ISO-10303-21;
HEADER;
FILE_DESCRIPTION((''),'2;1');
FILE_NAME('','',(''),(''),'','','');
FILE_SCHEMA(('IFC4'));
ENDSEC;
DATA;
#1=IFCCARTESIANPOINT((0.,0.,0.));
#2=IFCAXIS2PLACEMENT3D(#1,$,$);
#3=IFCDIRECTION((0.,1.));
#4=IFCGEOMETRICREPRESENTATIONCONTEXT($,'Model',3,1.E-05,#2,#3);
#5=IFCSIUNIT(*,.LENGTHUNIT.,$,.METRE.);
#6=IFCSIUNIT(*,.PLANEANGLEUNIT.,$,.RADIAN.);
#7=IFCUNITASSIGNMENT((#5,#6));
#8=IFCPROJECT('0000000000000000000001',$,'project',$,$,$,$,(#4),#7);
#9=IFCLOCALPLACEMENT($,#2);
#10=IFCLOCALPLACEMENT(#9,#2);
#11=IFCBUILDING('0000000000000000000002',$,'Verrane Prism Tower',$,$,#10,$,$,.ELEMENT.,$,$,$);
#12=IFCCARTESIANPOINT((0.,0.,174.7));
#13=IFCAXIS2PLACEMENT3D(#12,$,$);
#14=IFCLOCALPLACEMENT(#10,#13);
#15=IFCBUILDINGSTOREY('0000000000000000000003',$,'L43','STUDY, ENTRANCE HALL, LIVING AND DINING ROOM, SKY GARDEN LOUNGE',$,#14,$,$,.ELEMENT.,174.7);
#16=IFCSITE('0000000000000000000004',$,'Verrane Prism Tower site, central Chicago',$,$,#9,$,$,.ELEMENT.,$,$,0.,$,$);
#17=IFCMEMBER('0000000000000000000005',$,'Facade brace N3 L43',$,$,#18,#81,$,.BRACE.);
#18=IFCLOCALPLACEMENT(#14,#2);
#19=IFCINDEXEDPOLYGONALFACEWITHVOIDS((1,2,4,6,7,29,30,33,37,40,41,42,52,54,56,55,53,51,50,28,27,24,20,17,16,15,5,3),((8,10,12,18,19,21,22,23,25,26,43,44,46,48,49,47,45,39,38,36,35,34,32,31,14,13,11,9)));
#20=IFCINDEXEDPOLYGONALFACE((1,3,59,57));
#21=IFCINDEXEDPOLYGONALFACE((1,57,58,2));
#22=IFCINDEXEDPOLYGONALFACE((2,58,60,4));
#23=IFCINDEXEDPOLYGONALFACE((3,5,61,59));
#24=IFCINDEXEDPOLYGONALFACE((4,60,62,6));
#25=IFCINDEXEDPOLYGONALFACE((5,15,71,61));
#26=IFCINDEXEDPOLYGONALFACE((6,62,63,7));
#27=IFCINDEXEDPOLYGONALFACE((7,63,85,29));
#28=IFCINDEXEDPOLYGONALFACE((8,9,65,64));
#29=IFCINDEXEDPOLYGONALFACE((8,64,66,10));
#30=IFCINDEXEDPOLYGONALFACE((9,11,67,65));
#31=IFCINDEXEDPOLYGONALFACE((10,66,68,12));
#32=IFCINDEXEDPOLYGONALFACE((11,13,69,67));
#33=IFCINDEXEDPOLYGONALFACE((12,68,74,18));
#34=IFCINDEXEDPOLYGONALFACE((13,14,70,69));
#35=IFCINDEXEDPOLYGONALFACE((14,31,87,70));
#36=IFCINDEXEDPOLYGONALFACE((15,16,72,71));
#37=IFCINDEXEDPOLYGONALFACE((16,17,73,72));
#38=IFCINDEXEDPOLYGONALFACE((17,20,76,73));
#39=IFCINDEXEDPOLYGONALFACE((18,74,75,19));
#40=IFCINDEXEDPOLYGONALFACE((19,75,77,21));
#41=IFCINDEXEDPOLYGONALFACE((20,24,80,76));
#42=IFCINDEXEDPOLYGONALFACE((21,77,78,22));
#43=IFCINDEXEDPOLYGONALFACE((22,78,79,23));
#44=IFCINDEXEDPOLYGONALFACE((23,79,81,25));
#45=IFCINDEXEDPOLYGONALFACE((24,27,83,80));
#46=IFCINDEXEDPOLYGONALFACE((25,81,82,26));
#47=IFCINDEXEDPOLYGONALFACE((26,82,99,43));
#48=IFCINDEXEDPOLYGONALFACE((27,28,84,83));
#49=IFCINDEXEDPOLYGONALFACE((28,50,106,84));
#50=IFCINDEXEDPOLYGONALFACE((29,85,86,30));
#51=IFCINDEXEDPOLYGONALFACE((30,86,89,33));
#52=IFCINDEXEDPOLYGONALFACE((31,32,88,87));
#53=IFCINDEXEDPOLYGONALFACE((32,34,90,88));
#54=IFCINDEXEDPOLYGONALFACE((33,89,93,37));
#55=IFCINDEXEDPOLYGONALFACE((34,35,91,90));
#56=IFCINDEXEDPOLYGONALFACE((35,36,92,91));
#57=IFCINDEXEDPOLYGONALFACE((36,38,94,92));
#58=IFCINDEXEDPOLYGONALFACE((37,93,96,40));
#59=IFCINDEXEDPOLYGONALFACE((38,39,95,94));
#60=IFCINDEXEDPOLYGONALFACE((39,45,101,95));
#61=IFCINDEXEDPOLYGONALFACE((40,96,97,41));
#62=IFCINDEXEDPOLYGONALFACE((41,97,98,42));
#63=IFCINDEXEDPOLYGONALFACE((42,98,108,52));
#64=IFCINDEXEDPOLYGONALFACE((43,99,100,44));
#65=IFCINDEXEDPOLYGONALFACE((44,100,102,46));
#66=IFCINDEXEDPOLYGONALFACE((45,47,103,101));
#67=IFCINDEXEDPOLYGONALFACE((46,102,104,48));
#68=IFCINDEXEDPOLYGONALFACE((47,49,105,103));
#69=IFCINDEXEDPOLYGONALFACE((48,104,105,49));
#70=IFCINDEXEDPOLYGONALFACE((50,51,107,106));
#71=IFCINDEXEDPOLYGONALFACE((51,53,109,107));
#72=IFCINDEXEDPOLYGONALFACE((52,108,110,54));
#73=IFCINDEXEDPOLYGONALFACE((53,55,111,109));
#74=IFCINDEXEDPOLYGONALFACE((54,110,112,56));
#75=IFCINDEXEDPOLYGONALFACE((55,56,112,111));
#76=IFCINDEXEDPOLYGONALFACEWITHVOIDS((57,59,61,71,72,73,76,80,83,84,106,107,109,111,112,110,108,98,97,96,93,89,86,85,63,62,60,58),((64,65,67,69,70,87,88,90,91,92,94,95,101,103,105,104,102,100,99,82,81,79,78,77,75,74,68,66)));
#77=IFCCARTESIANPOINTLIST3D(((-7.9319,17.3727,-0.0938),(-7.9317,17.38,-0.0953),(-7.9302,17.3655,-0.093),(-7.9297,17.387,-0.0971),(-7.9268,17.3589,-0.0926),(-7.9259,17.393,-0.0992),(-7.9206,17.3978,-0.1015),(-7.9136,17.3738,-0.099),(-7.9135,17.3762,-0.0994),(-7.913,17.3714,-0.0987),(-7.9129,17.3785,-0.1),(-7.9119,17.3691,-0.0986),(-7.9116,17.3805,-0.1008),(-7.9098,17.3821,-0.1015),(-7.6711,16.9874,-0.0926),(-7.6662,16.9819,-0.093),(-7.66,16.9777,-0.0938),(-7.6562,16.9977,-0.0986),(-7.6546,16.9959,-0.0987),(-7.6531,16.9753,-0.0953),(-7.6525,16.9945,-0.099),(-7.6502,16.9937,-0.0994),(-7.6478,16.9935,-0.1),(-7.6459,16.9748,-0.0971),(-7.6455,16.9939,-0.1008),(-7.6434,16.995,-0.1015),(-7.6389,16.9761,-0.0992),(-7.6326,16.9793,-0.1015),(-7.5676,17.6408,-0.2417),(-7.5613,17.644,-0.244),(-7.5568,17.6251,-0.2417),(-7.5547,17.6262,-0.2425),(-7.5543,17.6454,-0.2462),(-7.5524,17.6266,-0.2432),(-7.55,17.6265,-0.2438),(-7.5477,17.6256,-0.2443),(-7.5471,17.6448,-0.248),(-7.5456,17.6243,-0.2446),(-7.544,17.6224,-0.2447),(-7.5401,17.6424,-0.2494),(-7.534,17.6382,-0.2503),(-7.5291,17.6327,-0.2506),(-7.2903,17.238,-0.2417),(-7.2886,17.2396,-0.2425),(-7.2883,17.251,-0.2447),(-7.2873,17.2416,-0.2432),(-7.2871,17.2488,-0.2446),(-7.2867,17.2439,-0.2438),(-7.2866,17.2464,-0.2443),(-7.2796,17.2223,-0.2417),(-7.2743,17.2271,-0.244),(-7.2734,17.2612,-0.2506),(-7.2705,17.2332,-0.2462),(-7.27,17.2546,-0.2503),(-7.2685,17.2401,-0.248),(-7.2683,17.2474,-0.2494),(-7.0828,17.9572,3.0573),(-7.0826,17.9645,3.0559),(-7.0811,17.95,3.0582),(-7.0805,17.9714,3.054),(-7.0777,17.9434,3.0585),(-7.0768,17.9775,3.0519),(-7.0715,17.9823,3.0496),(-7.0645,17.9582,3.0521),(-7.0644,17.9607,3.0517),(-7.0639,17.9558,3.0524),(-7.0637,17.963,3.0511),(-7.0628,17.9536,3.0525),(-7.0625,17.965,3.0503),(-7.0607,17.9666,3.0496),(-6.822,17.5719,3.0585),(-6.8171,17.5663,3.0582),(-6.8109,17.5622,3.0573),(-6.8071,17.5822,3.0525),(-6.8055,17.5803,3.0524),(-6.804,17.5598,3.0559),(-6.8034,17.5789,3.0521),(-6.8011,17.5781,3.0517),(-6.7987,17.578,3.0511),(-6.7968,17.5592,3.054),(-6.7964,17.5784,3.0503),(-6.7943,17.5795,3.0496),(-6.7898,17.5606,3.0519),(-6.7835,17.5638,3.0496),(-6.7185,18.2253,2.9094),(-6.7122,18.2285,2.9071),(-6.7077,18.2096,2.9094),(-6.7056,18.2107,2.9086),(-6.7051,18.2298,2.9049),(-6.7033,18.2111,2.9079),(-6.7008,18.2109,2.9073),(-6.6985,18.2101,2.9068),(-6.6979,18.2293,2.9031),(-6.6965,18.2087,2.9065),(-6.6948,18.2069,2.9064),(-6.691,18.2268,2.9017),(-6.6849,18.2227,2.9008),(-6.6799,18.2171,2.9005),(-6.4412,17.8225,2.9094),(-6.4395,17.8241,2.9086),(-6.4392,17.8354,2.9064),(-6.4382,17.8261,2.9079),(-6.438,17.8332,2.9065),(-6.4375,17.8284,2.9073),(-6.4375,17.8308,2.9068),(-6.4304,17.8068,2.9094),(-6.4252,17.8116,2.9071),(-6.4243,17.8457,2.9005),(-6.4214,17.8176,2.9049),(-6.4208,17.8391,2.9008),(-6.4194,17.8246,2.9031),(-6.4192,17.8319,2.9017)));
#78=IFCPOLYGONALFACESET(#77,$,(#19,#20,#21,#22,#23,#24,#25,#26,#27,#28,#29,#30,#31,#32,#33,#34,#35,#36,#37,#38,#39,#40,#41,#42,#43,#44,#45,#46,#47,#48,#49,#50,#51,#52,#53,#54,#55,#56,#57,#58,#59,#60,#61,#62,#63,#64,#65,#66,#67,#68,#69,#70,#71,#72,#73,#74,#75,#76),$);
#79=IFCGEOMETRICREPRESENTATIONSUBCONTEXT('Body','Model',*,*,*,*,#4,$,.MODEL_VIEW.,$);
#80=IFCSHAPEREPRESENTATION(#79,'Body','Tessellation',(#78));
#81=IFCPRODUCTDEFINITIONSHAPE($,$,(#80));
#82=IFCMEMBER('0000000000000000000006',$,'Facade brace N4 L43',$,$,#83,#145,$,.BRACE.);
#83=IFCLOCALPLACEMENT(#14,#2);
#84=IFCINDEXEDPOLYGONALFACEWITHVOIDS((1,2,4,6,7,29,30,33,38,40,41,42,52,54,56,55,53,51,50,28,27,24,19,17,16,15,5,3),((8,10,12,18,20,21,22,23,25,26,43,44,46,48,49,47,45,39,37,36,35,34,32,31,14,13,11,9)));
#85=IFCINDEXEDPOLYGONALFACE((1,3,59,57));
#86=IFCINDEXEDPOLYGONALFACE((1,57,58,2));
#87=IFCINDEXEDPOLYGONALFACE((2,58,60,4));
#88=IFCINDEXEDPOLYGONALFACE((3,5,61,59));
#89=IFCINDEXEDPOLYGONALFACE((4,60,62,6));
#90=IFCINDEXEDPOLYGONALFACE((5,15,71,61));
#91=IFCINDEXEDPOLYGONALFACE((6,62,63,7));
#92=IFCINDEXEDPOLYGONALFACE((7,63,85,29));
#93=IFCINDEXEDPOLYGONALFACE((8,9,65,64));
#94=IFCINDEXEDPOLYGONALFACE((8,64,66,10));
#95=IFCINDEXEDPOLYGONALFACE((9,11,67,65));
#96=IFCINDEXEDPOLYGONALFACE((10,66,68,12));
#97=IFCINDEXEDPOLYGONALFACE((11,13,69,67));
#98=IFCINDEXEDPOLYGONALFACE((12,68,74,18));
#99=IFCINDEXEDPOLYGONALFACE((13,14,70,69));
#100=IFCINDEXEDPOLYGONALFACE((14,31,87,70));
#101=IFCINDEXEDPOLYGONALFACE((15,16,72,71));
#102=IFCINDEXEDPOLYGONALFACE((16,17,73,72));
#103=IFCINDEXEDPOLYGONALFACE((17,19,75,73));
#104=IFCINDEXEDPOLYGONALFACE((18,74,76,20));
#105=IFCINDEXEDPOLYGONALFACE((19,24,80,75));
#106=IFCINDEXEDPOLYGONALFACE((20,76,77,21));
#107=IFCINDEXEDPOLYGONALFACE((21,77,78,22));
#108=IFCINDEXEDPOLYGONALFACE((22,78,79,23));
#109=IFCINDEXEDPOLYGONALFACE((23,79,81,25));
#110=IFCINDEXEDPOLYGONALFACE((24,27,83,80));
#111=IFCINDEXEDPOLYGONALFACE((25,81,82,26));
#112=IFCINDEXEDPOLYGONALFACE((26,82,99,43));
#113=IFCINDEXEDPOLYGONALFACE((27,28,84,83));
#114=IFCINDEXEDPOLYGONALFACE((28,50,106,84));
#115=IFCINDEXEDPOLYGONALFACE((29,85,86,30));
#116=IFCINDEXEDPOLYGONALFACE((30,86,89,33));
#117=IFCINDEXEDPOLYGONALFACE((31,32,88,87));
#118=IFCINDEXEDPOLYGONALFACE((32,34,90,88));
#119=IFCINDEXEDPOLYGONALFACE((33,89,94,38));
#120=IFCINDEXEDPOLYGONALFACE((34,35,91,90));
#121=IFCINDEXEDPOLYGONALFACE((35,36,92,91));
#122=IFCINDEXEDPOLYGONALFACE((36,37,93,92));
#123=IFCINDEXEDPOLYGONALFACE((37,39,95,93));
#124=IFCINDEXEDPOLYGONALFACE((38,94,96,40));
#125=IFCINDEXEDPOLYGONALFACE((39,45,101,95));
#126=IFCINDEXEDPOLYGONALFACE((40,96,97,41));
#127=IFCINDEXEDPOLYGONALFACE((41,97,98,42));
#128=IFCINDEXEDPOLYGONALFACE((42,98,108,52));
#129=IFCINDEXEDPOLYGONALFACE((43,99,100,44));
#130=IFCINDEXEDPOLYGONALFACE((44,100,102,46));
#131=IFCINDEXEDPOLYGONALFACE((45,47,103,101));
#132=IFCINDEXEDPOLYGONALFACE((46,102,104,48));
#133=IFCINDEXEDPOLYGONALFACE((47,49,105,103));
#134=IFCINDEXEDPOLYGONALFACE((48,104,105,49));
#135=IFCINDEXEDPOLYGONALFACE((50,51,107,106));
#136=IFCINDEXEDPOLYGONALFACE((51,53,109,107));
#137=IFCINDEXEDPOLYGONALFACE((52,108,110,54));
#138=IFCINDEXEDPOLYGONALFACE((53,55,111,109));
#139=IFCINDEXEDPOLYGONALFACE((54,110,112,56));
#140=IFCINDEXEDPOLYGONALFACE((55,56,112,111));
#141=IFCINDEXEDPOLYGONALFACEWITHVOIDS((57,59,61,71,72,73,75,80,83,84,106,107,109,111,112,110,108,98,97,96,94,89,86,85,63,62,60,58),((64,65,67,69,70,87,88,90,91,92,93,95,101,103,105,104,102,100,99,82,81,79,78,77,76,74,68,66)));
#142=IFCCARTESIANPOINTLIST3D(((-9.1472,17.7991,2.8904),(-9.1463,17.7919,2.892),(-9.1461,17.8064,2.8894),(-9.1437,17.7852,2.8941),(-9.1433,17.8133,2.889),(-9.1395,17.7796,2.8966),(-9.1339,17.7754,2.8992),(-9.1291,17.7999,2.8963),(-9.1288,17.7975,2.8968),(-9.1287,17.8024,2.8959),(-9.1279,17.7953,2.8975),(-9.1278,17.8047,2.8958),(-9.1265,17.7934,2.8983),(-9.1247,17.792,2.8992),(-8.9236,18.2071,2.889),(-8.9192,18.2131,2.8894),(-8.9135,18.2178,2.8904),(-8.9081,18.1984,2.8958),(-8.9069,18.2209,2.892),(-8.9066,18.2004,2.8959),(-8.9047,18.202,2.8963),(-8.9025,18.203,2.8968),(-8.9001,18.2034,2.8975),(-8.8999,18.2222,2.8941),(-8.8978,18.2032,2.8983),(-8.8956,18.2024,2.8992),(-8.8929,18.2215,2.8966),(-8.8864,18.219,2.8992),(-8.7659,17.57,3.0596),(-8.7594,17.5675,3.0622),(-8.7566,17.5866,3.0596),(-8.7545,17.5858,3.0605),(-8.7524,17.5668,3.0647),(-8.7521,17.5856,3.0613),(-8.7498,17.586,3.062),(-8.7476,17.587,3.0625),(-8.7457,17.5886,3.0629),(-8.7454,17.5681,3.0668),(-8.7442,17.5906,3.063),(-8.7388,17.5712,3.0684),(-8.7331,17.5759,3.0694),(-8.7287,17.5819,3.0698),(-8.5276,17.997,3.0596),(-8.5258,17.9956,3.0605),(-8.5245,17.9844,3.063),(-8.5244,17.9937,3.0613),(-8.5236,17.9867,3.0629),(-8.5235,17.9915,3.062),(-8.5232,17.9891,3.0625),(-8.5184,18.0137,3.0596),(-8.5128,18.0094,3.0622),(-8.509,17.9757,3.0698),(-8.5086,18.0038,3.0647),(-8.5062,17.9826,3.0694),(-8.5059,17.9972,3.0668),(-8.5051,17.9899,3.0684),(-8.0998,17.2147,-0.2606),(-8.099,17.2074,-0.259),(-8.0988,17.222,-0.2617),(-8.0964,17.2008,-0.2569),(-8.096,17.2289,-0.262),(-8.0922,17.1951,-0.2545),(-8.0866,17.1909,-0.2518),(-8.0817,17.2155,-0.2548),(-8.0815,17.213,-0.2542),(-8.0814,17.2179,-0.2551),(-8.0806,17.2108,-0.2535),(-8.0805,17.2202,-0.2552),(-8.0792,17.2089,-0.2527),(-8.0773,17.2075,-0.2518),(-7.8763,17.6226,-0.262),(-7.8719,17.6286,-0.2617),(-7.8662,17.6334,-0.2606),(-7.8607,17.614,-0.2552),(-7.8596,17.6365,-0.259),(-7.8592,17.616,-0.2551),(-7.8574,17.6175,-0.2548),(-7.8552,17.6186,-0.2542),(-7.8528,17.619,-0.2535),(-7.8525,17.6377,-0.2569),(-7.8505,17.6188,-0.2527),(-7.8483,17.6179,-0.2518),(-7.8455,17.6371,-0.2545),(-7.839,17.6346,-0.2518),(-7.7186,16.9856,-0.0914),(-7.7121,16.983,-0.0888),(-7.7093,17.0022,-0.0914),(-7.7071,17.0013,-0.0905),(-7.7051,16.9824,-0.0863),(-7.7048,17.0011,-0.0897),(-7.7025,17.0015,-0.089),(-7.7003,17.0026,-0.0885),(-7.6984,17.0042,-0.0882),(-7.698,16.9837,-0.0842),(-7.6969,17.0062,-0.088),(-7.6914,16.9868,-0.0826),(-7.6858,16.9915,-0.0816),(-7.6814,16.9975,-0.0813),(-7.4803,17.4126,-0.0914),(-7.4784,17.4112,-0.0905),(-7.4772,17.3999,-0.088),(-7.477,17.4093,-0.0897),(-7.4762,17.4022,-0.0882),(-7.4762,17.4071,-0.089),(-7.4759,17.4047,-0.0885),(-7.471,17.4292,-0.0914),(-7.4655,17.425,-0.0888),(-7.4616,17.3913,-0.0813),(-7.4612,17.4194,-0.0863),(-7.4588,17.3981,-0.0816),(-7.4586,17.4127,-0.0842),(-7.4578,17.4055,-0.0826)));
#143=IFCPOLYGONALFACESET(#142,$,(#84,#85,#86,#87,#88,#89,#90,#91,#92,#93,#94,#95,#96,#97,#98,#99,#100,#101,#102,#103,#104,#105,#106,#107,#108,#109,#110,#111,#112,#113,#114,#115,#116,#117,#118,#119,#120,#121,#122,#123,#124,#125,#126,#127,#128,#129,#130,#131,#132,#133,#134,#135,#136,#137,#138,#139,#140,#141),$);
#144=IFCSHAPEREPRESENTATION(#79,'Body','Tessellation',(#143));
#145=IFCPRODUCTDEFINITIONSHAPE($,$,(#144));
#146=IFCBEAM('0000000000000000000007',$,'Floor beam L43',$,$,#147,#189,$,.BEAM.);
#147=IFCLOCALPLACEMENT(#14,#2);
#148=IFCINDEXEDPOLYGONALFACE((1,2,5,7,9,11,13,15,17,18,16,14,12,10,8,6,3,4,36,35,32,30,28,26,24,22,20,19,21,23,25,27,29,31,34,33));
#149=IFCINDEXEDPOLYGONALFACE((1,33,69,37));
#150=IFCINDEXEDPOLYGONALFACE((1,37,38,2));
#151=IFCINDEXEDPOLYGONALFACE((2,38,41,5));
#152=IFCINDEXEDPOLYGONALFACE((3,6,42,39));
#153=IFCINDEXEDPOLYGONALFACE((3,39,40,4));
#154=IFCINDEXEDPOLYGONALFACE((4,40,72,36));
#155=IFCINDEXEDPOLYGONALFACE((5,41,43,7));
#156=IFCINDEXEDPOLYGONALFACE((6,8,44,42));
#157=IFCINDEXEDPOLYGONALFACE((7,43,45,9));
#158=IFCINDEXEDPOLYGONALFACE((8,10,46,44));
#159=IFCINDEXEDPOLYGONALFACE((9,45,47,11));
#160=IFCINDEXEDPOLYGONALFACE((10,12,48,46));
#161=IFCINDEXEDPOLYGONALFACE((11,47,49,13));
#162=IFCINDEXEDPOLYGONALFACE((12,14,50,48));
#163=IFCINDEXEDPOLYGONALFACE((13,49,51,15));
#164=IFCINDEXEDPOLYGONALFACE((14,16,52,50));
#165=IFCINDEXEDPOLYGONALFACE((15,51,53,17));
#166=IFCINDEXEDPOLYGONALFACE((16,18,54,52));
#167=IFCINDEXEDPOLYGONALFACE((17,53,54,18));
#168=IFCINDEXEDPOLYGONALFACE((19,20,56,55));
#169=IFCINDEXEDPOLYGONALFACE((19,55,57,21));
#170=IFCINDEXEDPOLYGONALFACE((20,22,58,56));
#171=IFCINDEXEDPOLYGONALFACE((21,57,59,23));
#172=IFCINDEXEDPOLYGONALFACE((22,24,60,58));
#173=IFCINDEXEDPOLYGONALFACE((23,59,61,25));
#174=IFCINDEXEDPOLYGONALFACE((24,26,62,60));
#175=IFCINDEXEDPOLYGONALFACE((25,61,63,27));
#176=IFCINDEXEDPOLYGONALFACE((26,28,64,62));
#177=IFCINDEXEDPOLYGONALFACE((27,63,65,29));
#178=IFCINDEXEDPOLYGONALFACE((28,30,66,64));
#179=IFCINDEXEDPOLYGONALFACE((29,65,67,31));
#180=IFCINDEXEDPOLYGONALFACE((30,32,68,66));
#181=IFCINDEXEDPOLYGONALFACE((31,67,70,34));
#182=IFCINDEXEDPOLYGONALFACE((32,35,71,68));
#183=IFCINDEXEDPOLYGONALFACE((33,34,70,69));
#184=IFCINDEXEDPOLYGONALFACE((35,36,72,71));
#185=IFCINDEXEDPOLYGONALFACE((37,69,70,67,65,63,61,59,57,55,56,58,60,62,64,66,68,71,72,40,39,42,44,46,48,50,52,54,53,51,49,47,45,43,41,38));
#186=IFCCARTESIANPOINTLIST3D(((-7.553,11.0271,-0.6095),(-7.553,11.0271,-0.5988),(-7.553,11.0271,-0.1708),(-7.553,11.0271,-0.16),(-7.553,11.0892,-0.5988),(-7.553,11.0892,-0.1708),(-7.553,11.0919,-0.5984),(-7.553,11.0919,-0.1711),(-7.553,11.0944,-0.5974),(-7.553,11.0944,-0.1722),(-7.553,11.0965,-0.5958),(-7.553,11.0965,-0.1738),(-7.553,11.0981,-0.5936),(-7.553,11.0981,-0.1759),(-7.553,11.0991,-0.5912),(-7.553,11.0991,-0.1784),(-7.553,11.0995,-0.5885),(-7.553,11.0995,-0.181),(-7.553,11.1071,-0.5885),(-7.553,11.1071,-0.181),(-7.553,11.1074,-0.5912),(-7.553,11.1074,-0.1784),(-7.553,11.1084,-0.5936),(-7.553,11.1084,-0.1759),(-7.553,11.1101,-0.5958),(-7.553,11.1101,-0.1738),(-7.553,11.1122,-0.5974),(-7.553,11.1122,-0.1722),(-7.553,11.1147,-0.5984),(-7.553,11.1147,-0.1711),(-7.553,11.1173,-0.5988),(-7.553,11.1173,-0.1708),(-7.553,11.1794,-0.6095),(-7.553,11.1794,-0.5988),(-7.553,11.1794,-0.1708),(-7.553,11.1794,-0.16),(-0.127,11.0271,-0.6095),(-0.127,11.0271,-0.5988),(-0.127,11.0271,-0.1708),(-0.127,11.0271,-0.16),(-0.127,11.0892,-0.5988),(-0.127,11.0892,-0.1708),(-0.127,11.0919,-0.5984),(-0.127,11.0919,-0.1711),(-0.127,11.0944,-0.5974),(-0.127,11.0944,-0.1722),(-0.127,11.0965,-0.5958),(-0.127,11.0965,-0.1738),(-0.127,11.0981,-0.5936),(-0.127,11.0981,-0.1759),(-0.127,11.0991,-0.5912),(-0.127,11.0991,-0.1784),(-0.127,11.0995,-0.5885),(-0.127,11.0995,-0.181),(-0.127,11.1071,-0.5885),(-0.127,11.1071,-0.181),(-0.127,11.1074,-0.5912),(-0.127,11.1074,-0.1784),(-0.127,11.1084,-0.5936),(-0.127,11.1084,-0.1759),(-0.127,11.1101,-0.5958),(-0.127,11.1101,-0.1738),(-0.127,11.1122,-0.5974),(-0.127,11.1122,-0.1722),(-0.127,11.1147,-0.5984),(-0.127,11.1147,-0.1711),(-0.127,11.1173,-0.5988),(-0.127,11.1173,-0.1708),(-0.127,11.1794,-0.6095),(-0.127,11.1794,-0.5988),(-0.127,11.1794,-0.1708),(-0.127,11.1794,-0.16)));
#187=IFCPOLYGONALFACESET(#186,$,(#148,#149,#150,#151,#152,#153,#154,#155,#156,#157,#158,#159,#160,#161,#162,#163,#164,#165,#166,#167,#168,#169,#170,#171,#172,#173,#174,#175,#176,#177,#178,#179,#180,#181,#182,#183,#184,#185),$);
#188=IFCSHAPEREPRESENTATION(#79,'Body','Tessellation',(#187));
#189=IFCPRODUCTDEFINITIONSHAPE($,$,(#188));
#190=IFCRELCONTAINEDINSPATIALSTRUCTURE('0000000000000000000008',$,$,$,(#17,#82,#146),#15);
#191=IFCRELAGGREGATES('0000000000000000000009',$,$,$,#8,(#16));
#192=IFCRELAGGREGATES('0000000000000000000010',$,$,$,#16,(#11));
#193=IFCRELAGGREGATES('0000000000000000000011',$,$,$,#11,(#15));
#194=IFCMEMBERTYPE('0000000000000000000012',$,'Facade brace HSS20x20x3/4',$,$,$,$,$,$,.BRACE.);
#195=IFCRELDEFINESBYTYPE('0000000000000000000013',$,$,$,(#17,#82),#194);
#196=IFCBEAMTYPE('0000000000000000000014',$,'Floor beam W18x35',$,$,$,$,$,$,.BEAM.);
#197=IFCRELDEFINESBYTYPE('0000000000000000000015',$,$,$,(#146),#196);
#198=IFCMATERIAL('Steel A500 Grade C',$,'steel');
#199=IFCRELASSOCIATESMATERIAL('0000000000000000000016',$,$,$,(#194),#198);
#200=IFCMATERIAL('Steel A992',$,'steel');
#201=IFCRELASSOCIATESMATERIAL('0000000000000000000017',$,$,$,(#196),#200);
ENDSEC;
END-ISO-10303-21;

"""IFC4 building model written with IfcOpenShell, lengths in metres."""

from ifc_helpers import new_model, si_unit, direction, frame, origin, origin_2d, place, context, subcontext, project, spatial, hollow_rectangle, i_section, extrude, material, material_profile, profile_set, type_object, element, save


model = new_model("IFC4")

# Units and contexts
model_context = context("Model", 3, precision=1e-05, world=origin(), true_north=direction((0.0, 1.0)))
body_context = subcontext(model_context, "Body", "Model", "MODEL_VIEW")
ifc_project = project(units=[si_unit("LENGTHUNIT", "METRE"), si_unit("PLANEANGLEUNIT", "RADIAN")], contexts=[model_context])

# Site, building, storey
site_placement = place(None, origin())
site = spatial("IfcSite", under=ifc_project, at=site_placement, Name="Verrane Prism Tower site, central Chicago", CompositionType="ELEMENT", RefElevation=0.0)
building_placement = place(site_placement, origin())
building = spatial("IfcBuilding", under=site, at=building_placement, Name="Verrane Prism Tower", CompositionType="ELEMENT")
storey_placement = place(building_placement, frame((0.0, 0.0, 174.7)))
storey = spatial("IfcBuildingStorey", under=building, at=storey_placement, Name="L43", Description="STUDY, ENTRANCE HALL, LIVING AND DINING ROOM, SKY GARDEN LOUNGE", CompositionType="ELEMENT", Elevation=174.7)

# Members
ifc_material_1 = material(Name="Steel A500 Grade C", Category="steel")
ifc_material_profile_1 = material_profile(ifc_material_1, hollow_rectangle(XDim=0.5081, YDim=0.5081, WallThickness=0.019, InnerFilletRadius=0.0095, OuterFilletRadius=0.0286, at=origin_2d()), Name="HSS20x20x3/4")
ifc_profile_set_1 = profile_set([ifc_material_profile_1], Name="Steel A500 Grade C")
member_type_1 = type_object("IfcMemberType", Name="Facade brace HSS20x20x3/4", PredefinedType="BRACE", material=ifc_profile_set_1)
member_1_placement = place(storey_placement, frame((-7.6001, 17.3101, -0.1716), z_axis=(0.256111, 0.176288, 0.950437), x_axis=(-0.566991, 0.823724, 0.0)))
element("IfcMember", 1, at=member_1_placement, inside=storey, type_object=member_type_1, Name="Facade brace N3 L43", PredefinedType="BRACE", context=body_context, shape_type="SweptSolid", body=[
    extrude(hollow_rectangle(XDim=0.5081, YDim=0.5081, WallThickness=0.019, InnerFilletRadius=0.0095, OuterFilletRadius=0.0286, at=origin_2d()), origin(), (0.0, 0.0, 1.0), 3.3154),
])
member_2_placement = place(storey_placement, frame((-7.7788, 17.3101, -0.1716), z_axis=(-0.310636, 0.173348, 0.934588), x_axis=(-0.487301, -0.873234, 0.0)))
element("IfcMember", 2, at=member_2_placement, inside=storey, type_object=member_type_1, Name="Facade brace N4 L43", PredefinedType="BRACE", context=body_context, shape_type="SweptSolid", body=[
    extrude(hollow_rectangle(XDim=0.5081, YDim=0.5081, WallThickness=0.019, InnerFilletRadius=0.0095, OuterFilletRadius=0.0286, at=origin_2d()), origin(), (0.0, 0.0, 1.0), 3.3716),
])

# Beam
ifc_material_2 = material(Name="Steel A992", Category="steel")
ifc_material_profile_2 = material_profile(ifc_material_2, i_section(OverallWidth=0.1523, OverallDepth=0.4495, WebThickness=0.0076, FlangeThickness=0.0107, FilletRadius=0.0103, at=origin_2d()), Name="W18x35")
ifc_profile_set_2 = profile_set([ifc_material_profile_2], Name="Steel A992")
beam_type_1 = type_object("IfcBeamType", Name="Floor beam W18x35", PredefinedType="BEAM", material=ifc_profile_set_2)
for number, where, z_axis, x_axis, name in (
    (3, (-7.553, 11.1033, -0.3848), (1.0, 0.0, 0.0), (0.0, 1.0, 0.0), "Floor beam L43"),
):
    element("IfcBeam", number, at=place(storey_placement, frame(where, z_axis=z_axis, x_axis=x_axis)), inside=storey, type_object=beam_type_1, Name=name, PredefinedType="BEAM", context=body_context, shape_type="SweptSolid", body=[
        extrude(i_section(OverallWidth=0.1523, OverallDepth=0.4495, WebThickness=0.0076, FlangeThickness=0.0107, FilletRadius=0.0103, at=origin_2d()), origin(), (0.0, 0.0, 1.0), 7.426),
    ])

save(model, "model.ifc")
